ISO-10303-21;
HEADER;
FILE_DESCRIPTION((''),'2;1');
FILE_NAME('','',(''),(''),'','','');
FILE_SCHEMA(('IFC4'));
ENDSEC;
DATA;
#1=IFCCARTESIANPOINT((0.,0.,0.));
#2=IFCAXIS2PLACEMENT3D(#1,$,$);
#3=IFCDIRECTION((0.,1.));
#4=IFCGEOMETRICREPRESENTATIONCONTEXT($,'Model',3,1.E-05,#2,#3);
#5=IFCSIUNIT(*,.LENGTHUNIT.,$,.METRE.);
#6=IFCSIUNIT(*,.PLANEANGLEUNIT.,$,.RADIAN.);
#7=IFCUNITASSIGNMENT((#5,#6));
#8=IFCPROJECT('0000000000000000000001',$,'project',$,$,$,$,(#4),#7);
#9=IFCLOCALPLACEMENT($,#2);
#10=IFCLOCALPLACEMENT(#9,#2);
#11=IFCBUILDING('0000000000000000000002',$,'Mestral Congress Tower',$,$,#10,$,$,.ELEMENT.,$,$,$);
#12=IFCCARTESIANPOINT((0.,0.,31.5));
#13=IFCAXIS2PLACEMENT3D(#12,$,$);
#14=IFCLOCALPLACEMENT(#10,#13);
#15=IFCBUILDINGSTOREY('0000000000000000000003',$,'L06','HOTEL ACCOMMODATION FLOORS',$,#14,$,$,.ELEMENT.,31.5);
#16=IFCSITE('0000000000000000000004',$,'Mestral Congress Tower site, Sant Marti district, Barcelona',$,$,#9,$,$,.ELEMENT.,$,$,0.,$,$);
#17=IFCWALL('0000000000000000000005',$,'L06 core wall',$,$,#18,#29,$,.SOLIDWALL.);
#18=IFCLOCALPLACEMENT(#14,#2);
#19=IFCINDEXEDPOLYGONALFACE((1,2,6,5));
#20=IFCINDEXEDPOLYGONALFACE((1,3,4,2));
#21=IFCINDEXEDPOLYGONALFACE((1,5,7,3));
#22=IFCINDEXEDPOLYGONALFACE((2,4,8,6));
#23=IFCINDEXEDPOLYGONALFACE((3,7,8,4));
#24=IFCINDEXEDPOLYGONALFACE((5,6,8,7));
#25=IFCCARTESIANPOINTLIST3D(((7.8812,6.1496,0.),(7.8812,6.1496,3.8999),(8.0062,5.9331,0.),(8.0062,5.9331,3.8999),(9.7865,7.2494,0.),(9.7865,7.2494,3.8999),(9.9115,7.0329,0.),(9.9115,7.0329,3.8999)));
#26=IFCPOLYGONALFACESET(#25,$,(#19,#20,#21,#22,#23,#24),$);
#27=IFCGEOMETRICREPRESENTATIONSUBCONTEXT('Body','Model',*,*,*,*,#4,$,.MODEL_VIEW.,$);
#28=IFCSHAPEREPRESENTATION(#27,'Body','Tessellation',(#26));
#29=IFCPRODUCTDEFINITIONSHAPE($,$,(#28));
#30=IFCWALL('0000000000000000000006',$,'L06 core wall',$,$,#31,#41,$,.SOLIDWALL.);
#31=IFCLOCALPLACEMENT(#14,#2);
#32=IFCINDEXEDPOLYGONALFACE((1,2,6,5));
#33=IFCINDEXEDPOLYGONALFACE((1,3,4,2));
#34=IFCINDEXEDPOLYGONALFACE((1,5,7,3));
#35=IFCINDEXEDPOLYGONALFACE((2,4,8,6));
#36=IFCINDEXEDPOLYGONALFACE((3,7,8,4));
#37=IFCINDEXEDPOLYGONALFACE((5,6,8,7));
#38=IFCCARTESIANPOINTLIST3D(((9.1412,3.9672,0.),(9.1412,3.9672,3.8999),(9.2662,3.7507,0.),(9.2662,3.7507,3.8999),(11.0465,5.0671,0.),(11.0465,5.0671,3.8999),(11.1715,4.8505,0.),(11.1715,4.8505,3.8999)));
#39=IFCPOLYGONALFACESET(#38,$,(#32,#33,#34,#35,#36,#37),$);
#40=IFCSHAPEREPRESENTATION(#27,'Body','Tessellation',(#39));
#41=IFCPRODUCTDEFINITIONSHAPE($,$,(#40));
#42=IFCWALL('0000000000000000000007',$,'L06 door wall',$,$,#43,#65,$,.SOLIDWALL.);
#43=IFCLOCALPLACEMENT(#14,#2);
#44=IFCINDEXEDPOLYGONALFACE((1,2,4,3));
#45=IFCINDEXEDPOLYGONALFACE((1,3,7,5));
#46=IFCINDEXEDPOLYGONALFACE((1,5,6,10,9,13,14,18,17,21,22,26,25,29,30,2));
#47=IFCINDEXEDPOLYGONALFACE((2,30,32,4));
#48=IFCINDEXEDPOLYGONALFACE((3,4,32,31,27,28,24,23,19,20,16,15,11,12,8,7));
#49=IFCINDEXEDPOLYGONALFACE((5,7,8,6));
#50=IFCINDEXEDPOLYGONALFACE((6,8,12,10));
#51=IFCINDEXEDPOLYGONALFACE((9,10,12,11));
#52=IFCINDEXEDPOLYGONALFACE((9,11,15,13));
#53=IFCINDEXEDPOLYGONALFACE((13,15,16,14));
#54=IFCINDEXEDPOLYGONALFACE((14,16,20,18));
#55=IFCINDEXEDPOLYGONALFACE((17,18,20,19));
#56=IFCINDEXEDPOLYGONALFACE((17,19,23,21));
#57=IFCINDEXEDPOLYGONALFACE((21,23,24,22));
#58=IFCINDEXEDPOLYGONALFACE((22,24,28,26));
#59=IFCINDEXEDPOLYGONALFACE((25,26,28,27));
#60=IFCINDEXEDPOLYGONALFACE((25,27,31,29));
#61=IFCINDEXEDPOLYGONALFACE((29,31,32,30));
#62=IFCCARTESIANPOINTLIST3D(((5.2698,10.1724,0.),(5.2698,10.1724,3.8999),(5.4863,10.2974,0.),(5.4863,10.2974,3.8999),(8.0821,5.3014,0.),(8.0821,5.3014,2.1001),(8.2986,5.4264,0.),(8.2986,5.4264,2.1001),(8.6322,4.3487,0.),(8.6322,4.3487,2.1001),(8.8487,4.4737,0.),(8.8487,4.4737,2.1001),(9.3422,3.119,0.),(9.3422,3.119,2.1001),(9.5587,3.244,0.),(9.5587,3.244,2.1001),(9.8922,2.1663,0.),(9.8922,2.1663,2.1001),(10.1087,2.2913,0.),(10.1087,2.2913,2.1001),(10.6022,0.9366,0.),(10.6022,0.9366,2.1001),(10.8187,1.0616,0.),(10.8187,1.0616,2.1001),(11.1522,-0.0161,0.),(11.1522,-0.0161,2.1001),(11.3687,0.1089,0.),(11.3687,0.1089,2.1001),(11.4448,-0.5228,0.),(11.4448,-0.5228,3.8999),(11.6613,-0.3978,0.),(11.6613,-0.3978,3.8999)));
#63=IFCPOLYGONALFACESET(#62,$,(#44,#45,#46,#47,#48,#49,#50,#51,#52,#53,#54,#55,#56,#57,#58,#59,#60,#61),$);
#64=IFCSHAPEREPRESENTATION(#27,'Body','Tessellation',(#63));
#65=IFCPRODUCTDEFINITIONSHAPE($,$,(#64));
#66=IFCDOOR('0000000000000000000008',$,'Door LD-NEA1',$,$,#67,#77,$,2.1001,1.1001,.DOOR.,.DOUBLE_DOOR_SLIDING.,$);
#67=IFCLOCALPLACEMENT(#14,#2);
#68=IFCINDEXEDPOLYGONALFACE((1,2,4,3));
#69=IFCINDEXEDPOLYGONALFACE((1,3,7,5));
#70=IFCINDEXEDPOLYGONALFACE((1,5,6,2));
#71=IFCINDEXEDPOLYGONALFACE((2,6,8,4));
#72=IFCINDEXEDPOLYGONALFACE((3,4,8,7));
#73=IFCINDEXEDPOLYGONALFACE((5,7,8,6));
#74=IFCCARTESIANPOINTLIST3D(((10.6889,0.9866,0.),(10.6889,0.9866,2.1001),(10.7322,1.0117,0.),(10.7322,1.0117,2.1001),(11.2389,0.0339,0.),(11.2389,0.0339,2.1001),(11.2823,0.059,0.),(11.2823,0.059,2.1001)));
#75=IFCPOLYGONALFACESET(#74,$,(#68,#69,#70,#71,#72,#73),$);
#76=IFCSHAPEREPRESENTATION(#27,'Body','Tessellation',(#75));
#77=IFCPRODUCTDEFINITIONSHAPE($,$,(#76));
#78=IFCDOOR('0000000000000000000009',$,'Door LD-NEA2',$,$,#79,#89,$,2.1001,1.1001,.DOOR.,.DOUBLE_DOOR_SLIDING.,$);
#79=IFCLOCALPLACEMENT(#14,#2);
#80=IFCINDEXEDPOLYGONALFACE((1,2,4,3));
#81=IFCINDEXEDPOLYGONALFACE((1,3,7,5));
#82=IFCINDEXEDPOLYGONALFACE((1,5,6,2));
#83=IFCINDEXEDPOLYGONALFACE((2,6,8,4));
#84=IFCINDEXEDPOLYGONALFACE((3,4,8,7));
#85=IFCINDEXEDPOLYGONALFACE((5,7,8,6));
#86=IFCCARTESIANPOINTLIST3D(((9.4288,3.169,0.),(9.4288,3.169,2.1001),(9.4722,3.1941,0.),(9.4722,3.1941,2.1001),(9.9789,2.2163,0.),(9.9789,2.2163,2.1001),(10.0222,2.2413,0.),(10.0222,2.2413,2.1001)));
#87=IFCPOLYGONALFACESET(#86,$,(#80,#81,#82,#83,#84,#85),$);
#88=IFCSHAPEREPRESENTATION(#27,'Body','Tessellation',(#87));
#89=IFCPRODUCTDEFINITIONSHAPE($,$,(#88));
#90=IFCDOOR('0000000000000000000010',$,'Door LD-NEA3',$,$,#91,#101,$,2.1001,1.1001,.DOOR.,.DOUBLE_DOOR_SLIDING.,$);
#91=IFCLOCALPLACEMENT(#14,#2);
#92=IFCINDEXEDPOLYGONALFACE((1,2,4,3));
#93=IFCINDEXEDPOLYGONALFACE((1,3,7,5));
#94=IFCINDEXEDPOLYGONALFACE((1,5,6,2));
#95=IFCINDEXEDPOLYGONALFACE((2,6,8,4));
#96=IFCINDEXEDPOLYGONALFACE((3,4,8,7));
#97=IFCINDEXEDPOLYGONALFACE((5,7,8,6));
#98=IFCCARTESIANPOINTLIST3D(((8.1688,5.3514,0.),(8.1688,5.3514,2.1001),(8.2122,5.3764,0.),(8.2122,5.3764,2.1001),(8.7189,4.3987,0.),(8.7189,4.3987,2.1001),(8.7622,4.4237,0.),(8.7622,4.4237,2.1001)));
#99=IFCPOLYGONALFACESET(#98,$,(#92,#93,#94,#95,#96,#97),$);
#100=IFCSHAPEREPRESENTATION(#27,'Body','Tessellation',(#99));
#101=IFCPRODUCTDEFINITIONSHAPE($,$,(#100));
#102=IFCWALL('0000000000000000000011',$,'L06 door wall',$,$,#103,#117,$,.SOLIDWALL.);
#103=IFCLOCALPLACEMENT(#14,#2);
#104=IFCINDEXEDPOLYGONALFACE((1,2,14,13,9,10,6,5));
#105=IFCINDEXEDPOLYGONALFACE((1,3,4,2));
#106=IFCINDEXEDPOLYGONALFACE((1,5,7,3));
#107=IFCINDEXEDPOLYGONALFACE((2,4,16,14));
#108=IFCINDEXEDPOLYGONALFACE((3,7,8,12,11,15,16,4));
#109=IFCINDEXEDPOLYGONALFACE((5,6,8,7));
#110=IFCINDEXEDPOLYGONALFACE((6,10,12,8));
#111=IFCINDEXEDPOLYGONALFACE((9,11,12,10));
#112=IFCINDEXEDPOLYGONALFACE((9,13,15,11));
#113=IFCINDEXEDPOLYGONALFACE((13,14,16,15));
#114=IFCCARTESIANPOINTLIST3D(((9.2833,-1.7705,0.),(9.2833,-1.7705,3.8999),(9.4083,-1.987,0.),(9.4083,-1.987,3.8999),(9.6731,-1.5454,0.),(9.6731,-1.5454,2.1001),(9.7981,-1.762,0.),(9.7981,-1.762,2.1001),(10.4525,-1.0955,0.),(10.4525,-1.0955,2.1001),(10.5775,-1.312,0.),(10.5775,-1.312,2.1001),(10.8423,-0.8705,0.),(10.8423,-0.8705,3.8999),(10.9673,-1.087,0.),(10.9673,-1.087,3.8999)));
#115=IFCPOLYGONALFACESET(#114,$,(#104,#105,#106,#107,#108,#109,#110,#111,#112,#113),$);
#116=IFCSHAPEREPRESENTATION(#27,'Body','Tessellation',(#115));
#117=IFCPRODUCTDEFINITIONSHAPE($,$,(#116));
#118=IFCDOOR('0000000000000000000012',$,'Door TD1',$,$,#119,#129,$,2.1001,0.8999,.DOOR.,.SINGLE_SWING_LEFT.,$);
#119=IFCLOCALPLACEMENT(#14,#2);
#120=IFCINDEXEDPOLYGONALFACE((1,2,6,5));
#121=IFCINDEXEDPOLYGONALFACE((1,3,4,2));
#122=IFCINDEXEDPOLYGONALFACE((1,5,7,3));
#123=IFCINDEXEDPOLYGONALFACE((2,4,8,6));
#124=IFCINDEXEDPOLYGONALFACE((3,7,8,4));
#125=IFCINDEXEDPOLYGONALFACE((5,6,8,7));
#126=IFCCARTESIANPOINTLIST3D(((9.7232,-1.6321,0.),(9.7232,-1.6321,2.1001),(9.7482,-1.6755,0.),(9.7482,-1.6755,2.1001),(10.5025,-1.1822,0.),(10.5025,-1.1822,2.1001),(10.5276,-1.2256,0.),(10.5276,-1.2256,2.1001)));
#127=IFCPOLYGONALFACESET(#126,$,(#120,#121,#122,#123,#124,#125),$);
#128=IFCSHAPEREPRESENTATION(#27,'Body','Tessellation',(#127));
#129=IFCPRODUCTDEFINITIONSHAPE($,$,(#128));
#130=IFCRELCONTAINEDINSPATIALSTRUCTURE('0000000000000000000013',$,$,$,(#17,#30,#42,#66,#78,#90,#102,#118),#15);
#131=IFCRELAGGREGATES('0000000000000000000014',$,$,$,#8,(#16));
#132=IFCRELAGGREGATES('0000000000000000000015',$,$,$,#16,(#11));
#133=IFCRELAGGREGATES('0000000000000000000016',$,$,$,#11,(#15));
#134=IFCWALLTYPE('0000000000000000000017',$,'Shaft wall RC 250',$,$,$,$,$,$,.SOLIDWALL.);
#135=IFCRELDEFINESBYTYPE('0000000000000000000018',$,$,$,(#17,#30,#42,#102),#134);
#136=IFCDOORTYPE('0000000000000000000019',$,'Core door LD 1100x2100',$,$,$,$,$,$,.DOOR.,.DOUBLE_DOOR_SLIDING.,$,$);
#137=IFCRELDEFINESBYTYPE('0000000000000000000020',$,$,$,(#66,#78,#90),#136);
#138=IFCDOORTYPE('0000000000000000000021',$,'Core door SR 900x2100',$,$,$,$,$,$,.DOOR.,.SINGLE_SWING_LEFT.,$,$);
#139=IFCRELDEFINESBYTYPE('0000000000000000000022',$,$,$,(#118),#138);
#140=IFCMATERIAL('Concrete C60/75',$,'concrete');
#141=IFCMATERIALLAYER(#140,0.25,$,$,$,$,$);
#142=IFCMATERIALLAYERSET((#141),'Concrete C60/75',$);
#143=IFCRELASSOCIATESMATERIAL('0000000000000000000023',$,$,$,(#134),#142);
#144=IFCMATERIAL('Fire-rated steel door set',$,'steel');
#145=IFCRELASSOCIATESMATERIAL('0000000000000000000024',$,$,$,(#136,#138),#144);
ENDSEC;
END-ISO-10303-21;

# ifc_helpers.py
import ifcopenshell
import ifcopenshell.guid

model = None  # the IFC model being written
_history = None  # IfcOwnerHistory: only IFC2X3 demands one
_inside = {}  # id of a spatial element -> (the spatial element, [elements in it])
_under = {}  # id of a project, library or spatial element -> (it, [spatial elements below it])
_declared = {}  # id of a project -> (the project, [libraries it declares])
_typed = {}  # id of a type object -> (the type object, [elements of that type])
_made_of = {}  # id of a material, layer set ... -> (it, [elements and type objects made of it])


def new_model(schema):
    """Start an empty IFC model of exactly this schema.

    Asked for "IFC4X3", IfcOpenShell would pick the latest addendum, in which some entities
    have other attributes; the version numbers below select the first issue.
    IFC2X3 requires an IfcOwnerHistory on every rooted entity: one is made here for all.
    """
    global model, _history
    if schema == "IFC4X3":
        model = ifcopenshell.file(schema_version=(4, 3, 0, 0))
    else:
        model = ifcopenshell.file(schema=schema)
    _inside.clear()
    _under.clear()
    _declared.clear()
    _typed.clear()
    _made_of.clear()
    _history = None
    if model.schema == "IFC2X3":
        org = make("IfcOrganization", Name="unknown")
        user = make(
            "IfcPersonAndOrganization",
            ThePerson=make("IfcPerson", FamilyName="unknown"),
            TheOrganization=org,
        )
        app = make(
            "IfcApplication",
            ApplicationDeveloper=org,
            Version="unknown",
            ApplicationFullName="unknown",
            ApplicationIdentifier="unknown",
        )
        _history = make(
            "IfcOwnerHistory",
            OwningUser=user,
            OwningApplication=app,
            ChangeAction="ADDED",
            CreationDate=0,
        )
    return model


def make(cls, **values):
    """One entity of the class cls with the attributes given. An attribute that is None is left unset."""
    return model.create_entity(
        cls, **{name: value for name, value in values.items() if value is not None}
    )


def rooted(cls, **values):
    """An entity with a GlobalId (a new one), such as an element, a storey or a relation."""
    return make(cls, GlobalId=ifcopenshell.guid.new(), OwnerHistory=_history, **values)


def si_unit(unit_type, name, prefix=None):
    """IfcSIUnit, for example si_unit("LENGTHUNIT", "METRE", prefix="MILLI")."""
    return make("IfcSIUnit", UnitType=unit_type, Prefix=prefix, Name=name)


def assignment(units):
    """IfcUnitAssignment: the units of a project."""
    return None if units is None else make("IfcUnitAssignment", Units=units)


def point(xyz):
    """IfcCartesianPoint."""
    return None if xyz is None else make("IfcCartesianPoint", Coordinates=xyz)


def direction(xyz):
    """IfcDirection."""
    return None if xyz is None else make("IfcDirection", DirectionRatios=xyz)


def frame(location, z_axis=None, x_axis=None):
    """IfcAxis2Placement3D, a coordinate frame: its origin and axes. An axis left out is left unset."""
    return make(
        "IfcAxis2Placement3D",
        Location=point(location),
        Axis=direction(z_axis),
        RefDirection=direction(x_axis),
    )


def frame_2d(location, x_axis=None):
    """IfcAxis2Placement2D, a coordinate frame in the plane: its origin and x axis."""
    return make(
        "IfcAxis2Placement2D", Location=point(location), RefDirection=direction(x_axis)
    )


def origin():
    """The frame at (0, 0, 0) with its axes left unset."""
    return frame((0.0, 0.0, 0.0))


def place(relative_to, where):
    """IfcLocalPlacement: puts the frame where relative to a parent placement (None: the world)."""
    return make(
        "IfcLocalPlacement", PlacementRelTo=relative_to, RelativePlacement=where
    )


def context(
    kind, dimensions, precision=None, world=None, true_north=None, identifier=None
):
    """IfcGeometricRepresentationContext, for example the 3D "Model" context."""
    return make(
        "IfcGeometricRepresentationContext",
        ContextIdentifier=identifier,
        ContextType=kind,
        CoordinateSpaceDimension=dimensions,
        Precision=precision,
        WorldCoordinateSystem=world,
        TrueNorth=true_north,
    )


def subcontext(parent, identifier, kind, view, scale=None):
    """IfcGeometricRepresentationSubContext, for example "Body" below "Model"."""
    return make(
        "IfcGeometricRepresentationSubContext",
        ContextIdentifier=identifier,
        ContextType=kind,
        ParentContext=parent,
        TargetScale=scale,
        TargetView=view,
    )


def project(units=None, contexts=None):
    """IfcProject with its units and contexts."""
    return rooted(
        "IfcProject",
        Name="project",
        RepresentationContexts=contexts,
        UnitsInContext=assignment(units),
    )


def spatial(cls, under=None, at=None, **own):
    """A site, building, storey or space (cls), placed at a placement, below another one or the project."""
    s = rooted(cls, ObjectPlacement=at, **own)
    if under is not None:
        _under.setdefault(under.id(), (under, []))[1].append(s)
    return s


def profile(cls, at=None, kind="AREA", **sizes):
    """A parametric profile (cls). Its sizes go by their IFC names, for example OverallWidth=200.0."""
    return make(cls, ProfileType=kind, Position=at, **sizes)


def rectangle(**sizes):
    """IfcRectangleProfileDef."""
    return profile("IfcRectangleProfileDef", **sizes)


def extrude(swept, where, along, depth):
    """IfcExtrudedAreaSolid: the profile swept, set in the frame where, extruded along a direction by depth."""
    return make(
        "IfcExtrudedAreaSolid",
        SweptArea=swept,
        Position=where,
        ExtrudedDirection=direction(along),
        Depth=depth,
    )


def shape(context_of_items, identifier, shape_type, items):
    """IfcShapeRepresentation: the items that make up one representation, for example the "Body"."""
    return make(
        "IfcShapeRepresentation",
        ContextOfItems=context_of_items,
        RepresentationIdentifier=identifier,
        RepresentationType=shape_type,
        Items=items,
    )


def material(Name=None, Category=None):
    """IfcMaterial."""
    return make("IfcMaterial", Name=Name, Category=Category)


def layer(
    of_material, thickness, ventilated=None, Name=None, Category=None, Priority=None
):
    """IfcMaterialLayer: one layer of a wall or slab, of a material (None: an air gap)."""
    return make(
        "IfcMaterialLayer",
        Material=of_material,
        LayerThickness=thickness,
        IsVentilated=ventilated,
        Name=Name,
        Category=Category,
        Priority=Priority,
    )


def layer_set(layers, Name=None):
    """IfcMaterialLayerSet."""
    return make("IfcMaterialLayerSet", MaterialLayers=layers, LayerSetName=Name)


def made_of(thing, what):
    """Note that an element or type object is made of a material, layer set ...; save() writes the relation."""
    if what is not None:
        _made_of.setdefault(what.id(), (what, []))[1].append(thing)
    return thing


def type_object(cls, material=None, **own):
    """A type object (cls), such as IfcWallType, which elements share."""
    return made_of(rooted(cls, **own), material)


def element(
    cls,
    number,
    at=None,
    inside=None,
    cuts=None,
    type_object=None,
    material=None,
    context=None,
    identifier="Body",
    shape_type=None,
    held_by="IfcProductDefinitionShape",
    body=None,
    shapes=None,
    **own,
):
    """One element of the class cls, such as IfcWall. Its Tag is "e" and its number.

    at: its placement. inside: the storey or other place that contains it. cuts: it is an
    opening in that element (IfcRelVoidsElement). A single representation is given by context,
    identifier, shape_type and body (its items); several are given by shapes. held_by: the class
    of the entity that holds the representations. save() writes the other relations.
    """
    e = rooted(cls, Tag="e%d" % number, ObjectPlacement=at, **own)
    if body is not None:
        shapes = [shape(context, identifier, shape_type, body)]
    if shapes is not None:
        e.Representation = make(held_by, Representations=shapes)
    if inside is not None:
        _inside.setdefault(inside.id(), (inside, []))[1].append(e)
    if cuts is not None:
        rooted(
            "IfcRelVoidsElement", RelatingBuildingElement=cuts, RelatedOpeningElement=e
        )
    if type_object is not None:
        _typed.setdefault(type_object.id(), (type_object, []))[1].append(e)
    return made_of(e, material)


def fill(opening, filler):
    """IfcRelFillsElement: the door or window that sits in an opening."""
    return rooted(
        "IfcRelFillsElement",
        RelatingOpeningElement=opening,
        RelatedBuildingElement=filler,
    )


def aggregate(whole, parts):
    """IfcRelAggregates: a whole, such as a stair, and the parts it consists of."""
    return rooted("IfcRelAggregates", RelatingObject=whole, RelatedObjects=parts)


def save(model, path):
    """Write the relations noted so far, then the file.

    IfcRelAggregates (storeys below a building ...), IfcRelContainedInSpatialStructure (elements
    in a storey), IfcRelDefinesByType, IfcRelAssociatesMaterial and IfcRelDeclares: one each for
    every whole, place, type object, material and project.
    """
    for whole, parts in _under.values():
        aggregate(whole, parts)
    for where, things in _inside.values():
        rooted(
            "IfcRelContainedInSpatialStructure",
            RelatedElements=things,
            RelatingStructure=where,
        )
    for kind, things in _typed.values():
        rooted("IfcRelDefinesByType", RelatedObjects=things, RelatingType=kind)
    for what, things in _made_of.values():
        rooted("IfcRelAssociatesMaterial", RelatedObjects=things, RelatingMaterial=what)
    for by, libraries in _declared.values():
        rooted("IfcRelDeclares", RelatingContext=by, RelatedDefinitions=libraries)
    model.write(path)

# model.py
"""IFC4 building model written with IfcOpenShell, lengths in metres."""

from ifc_helpers import new_model, si_unit, direction, frame, frame_2d, origin, place, context, subcontext, project, spatial, rectangle, extrude, material, layer, layer_set, type_object, element, fill, save


model = new_model("IFC4")

# Units and contexts
model_context = context("Model", 3, precision=1e-05, world=origin(), true_north=direction((0.0, 1.0)))
body_context = subcontext(model_context, "Body", "Model", "MODEL_VIEW")
ifc_project = project(units=[si_unit("LENGTHUNIT", "METRE"), si_unit("PLANEANGLEUNIT", "RADIAN")], contexts=[model_context])

# Site, building, storey
site_placement = place(None, origin())
site = spatial("IfcSite", under=ifc_project, at=site_placement, Name="Mestral Congress Tower site, Sant Marti district, Barcelona", CompositionType="ELEMENT", RefElevation=0.0)
building_placement = place(site_placement, origin())
building = spatial("IfcBuilding", under=site, at=building_placement, Name="Mestral Congress Tower", CompositionType="ELEMENT")
storey_placement = place(building_placement, frame((0.0, 0.0, 31.5)))
storey = spatial("IfcBuildingStorey", under=building, at=storey_placement, Name="L06", Description="HOTEL ACCOMMODATION FLOORS", CompositionType="ELEMENT", Elevation=31.5)

# Shared definitions
ifc_material_1 = material(Name="Fire-rated steel door set", Category="steel")

# Walls
ifc_material_2 = material(Name="Concrete C60/75", Category="concrete")
ifc_layer_1 = layer(ifc_material_2, 0.25)
ifc_layer_set_1 = layer_set([ifc_layer_1], Name="Concrete C60/75")
wall_type_1 = type_object("IfcWallType", Name="Shaft wall RC 250", PredefinedType="SOLIDWALL", material=ifc_layer_set_1)
for number, where, z_axis, x_axis, name in (
    (1, (7.9436, 6.0413, 0.0), (0.0, 0.0, 1.0), (0.866056, 0.499947, 0.0), "L06 core wall"),
    (2, (9.2036, 3.8589, 0.0), (0.0, 0.0, 1.0), (0.866056, 0.499947, 0.0), "L06 core wall"),
):
    element("IfcWall", number, at=place(storey_placement, frame(where, z_axis=z_axis, x_axis=x_axis)), inside=storey, type_object=wall_type_1, Name=name, PredefinedType="SOLIDWALL", context=body_context, shape_type="SweptSolid", body=[
        extrude(rectangle(XDim=2.2, YDim=0.25, at=frame_2d((1.1001, 0.0))), origin(), (0.0, 0.0, 1.0), 3.8999),
    ])

# Wall, openings, doors
wall_1_placement = place(storey_placement, frame((11.553, -0.4602, 0.0), z_axis=(0.0, 0.0, 1.0), x_axis=(-0.500007, 0.866022, 0.0)))
wall_1 = element("IfcWall", 3, at=wall_1_placement, inside=storey, type_object=wall_type_1, Name="L06 door wall", PredefinedType="SOLIDWALL", context=body_context, shape_type="SweptSolid", body=[
    extrude(rectangle(XDim=12.3499, YDim=0.25, at=frame_2d((6.1748, 0.0))), origin(), (0.0, 0.0, 1.0), 3.8999),
])
opening_1_placement = place(wall_1_placement, frame((0.585, 0.0, 0.0)))
opening_1 = element("IfcOpeningElement", 4, at=opening_1_placement, cuts=wall_1, PredefinedType="OPENING", context=body_context, shape_type="SweptSolid", body=[
    extrude(rectangle(XDim=1.1001, YDim=2.1001, at=frame_2d((0.55, 1.05))), frame((0.0, 0.135, 0.0), z_axis=(0.0, -1.0, 0.0), x_axis=(1.0, 0.0, 0.0)), (0.0, 0.0, 1.0), 0.27),
])
opening_2_placement = place(wall_1_placement, frame((3.105, 0.0, 0.0)))
opening_2 = element("IfcOpeningElement", 5, at=opening_2_placement, cuts=wall_1, PredefinedType="OPENING", context=body_context, shape_type="SweptSolid", body=[
    extrude(rectangle(XDim=1.1001, YDim=2.1001, at=frame_2d((0.55, 1.05))), frame((0.0, 0.135, 0.0), z_axis=(0.0, -1.0, 0.0), x_axis=(1.0, 0.0, 0.0)), (0.0, 0.0, 1.0), 0.27),
])
opening_3_placement = place(wall_1_placement, frame((5.625, 0.0, 0.0)))
opening_3 = element("IfcOpeningElement", 6, at=opening_3_placement, cuts=wall_1, PredefinedType="OPENING", context=body_context, shape_type="SweptSolid", body=[
    extrude(rectangle(XDim=1.1001, YDim=2.1001, at=frame_2d((0.55, 1.05))), frame((0.0, 0.135, 0.0), z_axis=(0.0, -1.0, 0.0), x_axis=(1.0, 0.0, 0.0)), (0.0, 0.0, 1.0), 0.27),
])
door_type_1 = type_object("IfcDoorType", Name="Core door LD 1100x2100", OperationType="DOUBLE_DOOR_SLIDING", PredefinedType="DOOR", material=ifc_material_1)
door_1_placement = place(opening_1_placement, origin())
door_1 = element("IfcDoor", 7, at=door_1_placement, inside=storey, type_object=door_type_1, Name="Door LD-NEA1", OperationType="DOUBLE_DOOR_SLIDING", OverallHeight=2.1001, OverallWidth=1.1001, PredefinedType="DOOR", context=body_context, shape_type="SweptSolid", body=[
    extrude(rectangle(XDim=1.1001, YDim=2.1001, at=frame_2d((0.55, 1.05))), frame((0.0, 0.0249, 0.0), z_axis=(0.0, -1.0, 0.0), x_axis=(1.0, 0.0, 0.0)), (0.0, 0.0, 1.0), 0.05),
])
fill(opening_1, door_1)
door_2_placement = place(opening_2_placement, origin())
door_2 = element("IfcDoor", 8, at=door_2_placement, inside=storey, type_object=door_type_1, Name="Door LD-NEA2", OperationType="DOUBLE_DOOR_SLIDING", OverallHeight=2.1001, OverallWidth=1.1001, PredefinedType="DOOR", context=body_context, shape_type="SweptSolid", body=[
    extrude(rectangle(XDim=1.1001, YDim=2.1001, at=frame_2d((0.55, 1.05))), frame((0.0, 0.0249, 0.0), z_axis=(0.0, -1.0, 0.0), x_axis=(1.0, 0.0, 0.0)), (0.0, 0.0, 1.0), 0.05),
])
fill(opening_2, door_2)
door_3_placement = place(opening_3_placement, origin())
door_3 = element("IfcDoor", 9, at=door_3_placement, inside=storey, type_object=door_type_1, Name="Door LD-NEA3", OperationType="DOUBLE_DOOR_SLIDING", OverallHeight=2.1001, OverallWidth=1.1001, PredefinedType="DOOR", context=body_context, shape_type="SweptSolid", body=[
    extrude(rectangle(XDim=1.1001, YDim=2.1001, at=frame_2d((0.55, 1.05))), frame((0.0, 0.0249, 0.0), z_axis=(0.0, -1.0, 0.0), x_axis=(1.0, 0.0, 0.0)), (0.0, 0.0, 1.0), 0.05),
])
fill(opening_3, door_3)

# Wall, opening, door
wall_2_placement = place(storey_placement, frame((9.3459, -1.8787, 0.0), z_axis=(0.0, 0.0, 1.0), x_axis=(0.866048, 0.499961, 0.0)))
wall_2 = element("IfcWall", 10, at=wall_2_placement, inside=storey, type_object=wall_type_1, Name="L06 door wall", PredefinedType="SOLIDWALL", context=body_context, shape_type="SweptSolid", body=[
    extrude(rectangle(XDim=1.8, YDim=0.25, at=frame_2d((0.8999, 0.0))), origin(), (0.0, 0.0, 1.0), 3.8999),
])
opening_4_placement = place(wall_2_placement, frame((0.45, 0.0, 0.0)))
opening_4 = element("IfcOpeningElement", 11, at=opening_4_placement, cuts=wall_2, PredefinedType="OPENING", context=body_context, shape_type="SweptSolid", body=[
    extrude(rectangle(XDim=0.8999, YDim=2.1001, at=frame_2d((0.45, 1.05))), frame((0.0, 0.135, 0.0), z_axis=(0.0, -1.0, 0.0), x_axis=(1.0, 0.0, 0.0)), (0.0, 0.0, 1.0), 0.27),
])
door_type_2 = type_object("IfcDoorType", Name="Core door SR 900x2100", OperationType="SINGLE_SWING_LEFT", PredefinedType="DOOR", material=ifc_material_1)
door_4_placement = place(opening_4_placement, origin())
door_4 = element("IfcDoor", 12, at=door_4_placement, inside=storey, type_object=door_type_2, Name="Door TD1", OperationType="SINGLE_SWING_LEFT", OverallHeight=2.1001, OverallWidth=0.8999, PredefinedType="DOOR", context=body_context, shape_type="SweptSolid", body=[
    extrude(rectangle(XDim=0.8999, YDim=2.1001, at=frame_2d((0.45, 1.05))), frame((0.0, 0.0249, 0.0), z_axis=(0.0, -1.0, 0.0), x_axis=(1.0, 0.0, 0.0)), (0.0, 0.0, 1.0), 0.05),
])
fill(opening_4, door_4)

save(model, "model.ifc")
